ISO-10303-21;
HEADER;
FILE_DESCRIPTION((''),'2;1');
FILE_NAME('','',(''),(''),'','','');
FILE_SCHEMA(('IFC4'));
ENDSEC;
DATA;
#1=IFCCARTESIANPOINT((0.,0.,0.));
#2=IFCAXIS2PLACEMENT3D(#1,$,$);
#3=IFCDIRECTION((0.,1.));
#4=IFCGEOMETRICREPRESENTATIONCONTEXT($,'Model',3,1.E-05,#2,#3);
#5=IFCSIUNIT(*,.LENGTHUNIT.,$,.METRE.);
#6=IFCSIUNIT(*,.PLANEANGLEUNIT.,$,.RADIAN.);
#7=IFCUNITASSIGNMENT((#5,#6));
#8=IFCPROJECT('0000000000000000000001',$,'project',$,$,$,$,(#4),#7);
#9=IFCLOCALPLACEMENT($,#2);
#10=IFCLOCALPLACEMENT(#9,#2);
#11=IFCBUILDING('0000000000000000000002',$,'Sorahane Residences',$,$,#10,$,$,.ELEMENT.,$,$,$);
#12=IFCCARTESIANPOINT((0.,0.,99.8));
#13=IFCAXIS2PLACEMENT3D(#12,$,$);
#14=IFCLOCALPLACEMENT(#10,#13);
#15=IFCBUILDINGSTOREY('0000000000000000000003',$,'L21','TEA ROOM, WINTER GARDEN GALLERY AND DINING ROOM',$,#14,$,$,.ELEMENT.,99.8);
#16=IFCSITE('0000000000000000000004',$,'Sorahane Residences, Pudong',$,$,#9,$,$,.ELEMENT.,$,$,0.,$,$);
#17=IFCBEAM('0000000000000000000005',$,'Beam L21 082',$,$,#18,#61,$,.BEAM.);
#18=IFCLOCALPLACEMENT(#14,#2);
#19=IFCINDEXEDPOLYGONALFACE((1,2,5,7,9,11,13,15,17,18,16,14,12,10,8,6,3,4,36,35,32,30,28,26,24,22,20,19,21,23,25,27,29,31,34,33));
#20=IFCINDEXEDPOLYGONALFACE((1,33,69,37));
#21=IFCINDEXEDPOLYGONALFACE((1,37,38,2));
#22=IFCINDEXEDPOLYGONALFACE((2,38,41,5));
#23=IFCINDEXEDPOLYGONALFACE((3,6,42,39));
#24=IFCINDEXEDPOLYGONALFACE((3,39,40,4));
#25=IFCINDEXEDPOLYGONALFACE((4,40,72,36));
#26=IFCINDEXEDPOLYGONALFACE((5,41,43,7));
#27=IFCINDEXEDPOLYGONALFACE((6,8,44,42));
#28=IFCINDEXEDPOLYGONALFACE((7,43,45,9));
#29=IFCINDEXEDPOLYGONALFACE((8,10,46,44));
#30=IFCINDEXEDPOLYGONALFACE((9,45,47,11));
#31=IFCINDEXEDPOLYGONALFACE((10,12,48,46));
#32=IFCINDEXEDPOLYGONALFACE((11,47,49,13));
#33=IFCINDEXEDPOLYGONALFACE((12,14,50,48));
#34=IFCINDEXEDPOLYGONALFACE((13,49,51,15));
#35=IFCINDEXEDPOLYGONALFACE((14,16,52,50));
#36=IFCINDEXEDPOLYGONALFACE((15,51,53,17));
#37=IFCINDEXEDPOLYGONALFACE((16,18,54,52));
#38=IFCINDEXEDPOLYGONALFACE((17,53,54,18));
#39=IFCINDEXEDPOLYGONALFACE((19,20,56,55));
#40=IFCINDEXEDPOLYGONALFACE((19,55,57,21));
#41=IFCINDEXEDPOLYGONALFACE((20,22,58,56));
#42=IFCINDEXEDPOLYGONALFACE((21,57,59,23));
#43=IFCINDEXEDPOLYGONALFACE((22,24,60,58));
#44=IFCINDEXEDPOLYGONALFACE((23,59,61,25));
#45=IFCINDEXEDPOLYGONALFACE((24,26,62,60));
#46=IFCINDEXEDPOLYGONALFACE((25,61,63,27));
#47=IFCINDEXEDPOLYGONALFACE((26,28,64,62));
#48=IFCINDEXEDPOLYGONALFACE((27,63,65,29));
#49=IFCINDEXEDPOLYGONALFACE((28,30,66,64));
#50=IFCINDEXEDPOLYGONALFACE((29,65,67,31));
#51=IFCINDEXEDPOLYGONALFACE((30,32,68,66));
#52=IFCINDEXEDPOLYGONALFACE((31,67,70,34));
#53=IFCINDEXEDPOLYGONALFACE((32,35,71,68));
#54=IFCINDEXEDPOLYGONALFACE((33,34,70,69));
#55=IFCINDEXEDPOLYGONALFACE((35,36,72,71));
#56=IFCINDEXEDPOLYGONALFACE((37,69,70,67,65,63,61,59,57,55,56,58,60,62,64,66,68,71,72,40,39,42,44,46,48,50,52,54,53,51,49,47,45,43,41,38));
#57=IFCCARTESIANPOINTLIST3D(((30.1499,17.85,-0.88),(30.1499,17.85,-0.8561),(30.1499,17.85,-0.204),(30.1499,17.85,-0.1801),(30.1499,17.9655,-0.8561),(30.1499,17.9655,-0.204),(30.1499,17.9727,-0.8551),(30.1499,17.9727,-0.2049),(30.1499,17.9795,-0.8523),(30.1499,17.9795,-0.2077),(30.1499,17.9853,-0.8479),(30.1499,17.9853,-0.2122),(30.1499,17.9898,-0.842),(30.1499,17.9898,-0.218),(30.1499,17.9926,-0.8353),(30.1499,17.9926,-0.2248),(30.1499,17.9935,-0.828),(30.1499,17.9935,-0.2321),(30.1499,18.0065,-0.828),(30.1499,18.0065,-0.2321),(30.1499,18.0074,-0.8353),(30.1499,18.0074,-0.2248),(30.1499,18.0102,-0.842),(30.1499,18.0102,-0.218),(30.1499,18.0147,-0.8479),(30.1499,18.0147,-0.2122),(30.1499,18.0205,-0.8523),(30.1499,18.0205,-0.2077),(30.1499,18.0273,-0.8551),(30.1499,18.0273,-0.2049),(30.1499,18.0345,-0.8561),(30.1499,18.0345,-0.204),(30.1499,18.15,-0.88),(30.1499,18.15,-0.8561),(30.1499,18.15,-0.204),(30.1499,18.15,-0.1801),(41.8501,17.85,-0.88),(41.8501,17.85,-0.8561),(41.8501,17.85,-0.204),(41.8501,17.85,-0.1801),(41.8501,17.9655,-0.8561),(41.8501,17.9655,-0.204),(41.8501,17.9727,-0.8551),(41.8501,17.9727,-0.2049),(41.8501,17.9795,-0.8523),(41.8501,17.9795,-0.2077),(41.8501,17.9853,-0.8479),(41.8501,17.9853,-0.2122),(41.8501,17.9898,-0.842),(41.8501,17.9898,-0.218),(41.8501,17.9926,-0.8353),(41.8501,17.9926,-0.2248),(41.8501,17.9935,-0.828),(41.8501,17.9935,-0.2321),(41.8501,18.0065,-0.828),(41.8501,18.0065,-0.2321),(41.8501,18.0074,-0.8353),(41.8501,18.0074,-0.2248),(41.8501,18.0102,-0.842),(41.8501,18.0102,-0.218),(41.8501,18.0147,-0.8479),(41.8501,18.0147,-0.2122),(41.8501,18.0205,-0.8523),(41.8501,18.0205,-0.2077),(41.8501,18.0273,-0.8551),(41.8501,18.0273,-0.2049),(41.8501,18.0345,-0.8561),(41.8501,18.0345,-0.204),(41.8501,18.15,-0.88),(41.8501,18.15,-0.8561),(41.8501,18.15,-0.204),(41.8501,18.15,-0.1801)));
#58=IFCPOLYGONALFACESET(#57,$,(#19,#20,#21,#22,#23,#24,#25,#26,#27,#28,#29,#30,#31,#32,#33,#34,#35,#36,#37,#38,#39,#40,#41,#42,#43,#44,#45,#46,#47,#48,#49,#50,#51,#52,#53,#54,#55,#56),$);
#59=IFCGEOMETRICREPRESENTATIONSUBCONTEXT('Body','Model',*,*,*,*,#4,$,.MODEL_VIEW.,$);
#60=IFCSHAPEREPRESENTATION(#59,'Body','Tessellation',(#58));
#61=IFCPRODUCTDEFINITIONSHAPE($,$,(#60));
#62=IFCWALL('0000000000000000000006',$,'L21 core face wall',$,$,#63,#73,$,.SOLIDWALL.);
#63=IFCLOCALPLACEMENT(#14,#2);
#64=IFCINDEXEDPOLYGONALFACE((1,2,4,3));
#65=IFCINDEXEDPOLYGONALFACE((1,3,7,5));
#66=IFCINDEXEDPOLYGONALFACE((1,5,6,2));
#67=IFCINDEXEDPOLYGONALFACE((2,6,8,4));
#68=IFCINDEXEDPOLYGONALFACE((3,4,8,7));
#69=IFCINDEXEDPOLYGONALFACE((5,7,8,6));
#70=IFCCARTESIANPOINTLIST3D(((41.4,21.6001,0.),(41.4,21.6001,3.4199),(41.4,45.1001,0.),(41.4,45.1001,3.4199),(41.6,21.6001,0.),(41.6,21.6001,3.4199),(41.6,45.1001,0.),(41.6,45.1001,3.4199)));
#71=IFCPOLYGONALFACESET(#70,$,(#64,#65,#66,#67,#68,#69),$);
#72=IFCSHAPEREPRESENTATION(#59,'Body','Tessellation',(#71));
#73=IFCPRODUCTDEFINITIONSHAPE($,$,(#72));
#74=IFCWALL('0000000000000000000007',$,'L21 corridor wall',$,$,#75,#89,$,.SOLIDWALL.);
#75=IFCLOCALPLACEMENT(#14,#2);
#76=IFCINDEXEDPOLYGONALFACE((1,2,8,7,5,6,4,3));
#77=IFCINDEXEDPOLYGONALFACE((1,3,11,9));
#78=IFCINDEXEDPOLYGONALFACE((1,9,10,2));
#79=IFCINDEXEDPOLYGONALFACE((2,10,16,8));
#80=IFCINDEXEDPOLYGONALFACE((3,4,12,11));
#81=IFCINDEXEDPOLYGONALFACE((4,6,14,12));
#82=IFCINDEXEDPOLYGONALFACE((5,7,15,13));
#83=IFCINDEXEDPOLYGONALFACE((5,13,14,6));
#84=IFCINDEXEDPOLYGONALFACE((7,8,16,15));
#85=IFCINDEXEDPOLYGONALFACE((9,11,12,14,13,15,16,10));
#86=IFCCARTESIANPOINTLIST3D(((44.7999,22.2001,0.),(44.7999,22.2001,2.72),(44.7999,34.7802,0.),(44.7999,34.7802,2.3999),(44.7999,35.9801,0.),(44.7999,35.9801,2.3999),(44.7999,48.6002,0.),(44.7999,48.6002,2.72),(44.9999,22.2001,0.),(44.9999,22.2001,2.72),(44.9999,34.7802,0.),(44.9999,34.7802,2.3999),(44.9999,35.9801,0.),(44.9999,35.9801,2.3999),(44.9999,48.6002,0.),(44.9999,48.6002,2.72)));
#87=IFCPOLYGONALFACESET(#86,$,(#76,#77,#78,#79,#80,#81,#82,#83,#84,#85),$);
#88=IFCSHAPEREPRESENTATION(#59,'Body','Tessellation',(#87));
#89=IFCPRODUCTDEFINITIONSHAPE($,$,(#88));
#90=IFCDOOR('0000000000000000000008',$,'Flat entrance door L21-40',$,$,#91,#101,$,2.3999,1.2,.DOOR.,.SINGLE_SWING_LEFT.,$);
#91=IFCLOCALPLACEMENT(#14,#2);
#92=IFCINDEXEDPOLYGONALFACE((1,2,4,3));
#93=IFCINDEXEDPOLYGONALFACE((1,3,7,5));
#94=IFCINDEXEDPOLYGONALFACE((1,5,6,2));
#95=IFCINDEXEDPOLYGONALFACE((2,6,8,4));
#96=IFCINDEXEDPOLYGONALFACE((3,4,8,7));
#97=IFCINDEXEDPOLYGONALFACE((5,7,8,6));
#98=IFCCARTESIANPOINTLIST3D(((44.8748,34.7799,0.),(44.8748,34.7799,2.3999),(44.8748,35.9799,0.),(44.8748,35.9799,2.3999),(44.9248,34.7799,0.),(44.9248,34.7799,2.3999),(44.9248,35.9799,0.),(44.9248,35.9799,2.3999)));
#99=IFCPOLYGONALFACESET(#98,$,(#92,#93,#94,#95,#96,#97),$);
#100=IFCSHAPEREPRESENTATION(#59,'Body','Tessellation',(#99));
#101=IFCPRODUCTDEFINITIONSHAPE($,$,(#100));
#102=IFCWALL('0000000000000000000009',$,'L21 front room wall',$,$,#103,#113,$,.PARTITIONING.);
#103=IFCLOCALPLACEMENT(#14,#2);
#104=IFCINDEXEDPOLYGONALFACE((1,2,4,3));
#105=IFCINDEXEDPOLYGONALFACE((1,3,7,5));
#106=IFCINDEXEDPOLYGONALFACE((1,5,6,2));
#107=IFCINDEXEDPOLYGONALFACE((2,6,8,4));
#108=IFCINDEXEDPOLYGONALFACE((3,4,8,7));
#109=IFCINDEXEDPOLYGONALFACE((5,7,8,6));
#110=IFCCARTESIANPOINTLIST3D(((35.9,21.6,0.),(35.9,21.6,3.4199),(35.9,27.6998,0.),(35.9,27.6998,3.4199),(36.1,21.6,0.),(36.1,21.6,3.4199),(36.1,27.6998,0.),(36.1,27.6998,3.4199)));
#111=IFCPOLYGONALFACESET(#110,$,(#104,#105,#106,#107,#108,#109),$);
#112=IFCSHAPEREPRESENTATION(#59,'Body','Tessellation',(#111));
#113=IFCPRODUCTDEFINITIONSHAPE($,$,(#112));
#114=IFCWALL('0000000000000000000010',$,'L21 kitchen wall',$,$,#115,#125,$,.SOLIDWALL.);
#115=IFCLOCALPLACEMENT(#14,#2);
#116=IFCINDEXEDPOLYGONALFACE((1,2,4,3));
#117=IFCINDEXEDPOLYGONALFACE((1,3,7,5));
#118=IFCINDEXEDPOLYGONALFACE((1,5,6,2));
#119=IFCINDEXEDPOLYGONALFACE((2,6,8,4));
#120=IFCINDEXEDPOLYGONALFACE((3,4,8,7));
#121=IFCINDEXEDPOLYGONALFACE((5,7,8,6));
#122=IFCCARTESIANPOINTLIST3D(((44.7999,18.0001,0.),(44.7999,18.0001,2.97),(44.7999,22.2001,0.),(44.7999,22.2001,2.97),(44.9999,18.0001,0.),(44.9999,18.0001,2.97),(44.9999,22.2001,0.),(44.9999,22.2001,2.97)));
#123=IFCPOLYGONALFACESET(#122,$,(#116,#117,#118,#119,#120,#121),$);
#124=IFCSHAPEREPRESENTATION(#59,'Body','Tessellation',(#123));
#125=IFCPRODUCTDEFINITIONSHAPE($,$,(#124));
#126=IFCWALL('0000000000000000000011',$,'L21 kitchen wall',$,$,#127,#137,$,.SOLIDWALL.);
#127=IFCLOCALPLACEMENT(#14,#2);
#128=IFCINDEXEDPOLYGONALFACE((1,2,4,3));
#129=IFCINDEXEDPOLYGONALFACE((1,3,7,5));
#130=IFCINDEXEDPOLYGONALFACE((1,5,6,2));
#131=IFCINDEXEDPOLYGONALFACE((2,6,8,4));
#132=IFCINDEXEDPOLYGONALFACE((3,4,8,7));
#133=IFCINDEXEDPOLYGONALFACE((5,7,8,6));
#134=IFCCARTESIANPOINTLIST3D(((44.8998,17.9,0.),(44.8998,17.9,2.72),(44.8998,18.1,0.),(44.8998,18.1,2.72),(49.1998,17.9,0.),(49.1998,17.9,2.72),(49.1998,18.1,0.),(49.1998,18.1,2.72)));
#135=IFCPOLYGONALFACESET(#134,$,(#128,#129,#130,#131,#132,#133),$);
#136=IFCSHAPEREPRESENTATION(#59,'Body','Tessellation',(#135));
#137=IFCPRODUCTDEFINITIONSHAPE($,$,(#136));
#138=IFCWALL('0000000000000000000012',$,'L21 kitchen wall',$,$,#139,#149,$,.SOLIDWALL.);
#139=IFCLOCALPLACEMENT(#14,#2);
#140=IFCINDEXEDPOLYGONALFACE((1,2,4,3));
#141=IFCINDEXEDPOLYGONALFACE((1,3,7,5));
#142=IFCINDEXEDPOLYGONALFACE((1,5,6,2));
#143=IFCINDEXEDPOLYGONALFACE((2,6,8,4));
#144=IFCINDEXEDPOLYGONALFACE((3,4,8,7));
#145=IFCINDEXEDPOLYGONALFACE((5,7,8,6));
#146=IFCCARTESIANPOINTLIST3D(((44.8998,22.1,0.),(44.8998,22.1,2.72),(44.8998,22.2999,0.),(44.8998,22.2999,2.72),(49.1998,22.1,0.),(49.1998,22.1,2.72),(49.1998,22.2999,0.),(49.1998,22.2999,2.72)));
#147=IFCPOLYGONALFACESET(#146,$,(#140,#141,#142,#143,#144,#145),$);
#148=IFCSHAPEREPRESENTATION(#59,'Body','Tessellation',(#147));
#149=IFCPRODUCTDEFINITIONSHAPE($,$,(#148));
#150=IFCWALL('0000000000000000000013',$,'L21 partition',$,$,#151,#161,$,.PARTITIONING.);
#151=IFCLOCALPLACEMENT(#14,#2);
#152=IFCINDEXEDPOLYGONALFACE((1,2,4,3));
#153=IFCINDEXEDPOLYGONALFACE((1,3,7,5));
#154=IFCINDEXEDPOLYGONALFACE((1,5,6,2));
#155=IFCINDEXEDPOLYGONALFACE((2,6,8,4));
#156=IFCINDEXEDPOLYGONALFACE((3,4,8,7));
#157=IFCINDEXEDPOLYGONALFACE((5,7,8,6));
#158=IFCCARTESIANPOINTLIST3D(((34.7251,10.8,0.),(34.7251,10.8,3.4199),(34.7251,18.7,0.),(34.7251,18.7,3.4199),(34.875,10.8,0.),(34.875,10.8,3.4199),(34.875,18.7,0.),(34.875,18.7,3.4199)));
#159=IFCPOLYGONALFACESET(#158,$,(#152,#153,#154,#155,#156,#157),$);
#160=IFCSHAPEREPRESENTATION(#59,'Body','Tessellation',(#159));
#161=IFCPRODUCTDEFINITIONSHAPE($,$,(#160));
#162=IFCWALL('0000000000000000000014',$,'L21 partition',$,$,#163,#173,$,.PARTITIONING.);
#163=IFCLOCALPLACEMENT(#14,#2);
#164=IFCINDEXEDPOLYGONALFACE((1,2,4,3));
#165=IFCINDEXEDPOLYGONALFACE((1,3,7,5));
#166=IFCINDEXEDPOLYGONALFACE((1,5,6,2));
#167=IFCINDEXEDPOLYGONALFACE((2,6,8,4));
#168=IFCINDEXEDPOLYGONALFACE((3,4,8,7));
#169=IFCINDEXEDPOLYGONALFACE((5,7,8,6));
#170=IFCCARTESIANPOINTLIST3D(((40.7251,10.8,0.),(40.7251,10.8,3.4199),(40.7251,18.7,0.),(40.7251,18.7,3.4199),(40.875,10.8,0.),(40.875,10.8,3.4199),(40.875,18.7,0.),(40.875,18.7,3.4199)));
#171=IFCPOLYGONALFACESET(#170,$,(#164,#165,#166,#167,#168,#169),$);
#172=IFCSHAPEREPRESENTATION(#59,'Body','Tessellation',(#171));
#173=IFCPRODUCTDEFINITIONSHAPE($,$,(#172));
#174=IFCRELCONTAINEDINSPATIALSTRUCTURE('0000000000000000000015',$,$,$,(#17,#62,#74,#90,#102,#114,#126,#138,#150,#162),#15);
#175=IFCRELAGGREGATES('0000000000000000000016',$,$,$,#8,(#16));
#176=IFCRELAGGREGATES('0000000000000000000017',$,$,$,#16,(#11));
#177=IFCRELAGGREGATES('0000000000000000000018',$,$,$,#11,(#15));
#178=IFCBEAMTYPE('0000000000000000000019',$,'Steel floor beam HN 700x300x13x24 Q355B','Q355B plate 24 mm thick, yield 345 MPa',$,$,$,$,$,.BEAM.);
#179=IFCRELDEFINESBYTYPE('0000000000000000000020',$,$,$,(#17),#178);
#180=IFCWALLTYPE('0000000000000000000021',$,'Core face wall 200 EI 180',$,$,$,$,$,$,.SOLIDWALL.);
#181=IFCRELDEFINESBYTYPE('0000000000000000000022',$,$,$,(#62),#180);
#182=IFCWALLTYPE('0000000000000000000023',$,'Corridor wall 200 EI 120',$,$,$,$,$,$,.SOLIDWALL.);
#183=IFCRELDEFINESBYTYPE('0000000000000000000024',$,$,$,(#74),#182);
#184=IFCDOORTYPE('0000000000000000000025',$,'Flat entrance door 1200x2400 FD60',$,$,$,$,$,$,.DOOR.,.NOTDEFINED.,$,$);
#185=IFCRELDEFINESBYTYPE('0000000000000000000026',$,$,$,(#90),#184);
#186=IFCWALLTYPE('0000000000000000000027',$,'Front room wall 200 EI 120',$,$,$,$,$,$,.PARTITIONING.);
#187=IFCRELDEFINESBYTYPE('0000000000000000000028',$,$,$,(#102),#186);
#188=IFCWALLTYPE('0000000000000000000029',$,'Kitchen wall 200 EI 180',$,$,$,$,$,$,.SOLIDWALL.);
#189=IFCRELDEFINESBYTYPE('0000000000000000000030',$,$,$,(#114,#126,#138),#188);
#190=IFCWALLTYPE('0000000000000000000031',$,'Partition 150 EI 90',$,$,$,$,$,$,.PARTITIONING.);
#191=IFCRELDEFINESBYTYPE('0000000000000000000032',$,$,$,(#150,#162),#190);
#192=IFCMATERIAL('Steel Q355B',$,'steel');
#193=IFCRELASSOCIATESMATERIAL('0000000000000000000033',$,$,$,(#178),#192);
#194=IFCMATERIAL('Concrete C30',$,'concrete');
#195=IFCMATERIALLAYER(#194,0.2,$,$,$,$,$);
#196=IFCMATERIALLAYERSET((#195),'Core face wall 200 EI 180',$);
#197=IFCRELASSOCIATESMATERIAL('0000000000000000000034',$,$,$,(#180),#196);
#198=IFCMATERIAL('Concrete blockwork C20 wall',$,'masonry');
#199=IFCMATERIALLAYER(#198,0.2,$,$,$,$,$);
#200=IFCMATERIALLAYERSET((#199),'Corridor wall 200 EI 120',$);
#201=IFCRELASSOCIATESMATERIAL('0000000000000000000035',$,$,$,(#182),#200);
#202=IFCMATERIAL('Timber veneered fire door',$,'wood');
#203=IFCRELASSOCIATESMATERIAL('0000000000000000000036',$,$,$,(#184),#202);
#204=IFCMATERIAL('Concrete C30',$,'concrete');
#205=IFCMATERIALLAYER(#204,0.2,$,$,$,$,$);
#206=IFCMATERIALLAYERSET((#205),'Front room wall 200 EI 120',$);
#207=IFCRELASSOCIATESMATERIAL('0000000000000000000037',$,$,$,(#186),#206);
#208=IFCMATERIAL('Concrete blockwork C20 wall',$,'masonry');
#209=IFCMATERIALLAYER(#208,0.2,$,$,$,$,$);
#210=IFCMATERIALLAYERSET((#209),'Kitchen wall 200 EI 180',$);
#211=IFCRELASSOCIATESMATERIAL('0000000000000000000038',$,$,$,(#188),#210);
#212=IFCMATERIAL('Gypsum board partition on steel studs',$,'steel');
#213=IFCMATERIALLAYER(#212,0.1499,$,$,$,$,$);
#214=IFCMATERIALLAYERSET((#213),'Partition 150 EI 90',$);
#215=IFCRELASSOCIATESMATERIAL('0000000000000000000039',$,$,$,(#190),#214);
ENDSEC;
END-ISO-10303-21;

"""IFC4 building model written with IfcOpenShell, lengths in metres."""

from ifc_helpers import new_model, si_unit, direction, frame, frame_2d, origin, origin_2d, place, context, subcontext, project, spatial, rectangle, i_section, extrude, material, layer, layer_set, material_profile, profile_set, type_object, element, fill, save


model = new_model("IFC4")

# Units and contexts
model_context = context("Model", 3, precision=1e-05, world=origin(), true_north=direction((0.0, 1.0)))
body_context = subcontext(model_context, "Body", "Model", "MODEL_VIEW")
ifc_project = project(units=[si_unit("LENGTHUNIT", "METRE"), si_unit("PLANEANGLEUNIT", "RADIAN")], contexts=[model_context])

# Site, building, storey
site_placement = place(None, origin())
site = spatial("IfcSite", under=ifc_project, at=site_placement, Name="Sorahane Residences, Pudong", CompositionType="ELEMENT", RefElevation=0.0)
building_placement = place(site_placement, origin())
building = spatial("IfcBuilding", under=site, at=building_placement, Name="Sorahane Residences", CompositionType="ELEMENT")
storey_placement = place(building_placement, frame((0.0, 0.0, 99.8)))
storey = spatial("IfcBuildingStorey", under=building, at=storey_placement, Name="L21", Description="TEA ROOM, WINTER GARDEN GALLERY AND DINING ROOM", CompositionType="ELEMENT", Elevation=99.8)

# Beam
ifc_material_1 = material(Name="Steel Q355B", Category="steel")
ifc_material_profile_1 = material_profile(ifc_material_1, i_section(OverallWidth=0.3, OverallDepth=0.7, WebThickness=0.0129, FlangeThickness=0.0239, FilletRadius=0.0281, at=origin_2d()), Name="HN 700x300x13x24")
ifc_profile_set_1 = profile_set([ifc_material_profile_1], Name="Steel Q355B")
beam_type_1 = type_object("IfcBeamType", Name="Steel floor beam HN 700x300x13x24 Q355B", Description="Q355B plate 24 mm thick, yield 345 MPa", PredefinedType="BEAM", material=ifc_profile_set_1)
beam_1_placement = place(storey_placement, frame((30.1499, 18.0, -0.53), z_axis=(1.0, 0.0, 0.0), x_axis=(0.0, 1.0, 0.0)))
element("IfcBeam", 1, at=beam_1_placement, inside=storey, type_object=beam_type_1, Name="Beam L21 082", PredefinedType="BEAM", context=body_context, shape_type="SweptSolid", body=[
    extrude(i_section(OverallWidth=0.3, OverallDepth=0.7, WebThickness=0.0129, FlangeThickness=0.0239, FilletRadius=0.0281, at=origin_2d()), origin(), (0.0, 0.0, 1.0), 11.7002),
])

# Wall
ifc_material_2 = material(Name="Concrete C30", Category="concrete")
ifc_layer_1 = layer(ifc_material_2, 0.2)
ifc_layer_set_1 = layer_set([ifc_layer_1], Name="Core face wall 200 EI 180")
wall_type_1 = type_object("IfcWallType", Name="Core face wall 200 EI 180", PredefinedType="SOLIDWALL", material=ifc_layer_set_1)
wall_1_placement = place(storey_placement, frame((41.5, 21.6001, 0.0), z_axis=(0.0, 0.0, 1.0), x_axis=(0.0, 1.0, 0.0)))
element("IfcWall", 2, at=wall_1_placement, inside=storey, type_object=wall_type_1, Name="L21 core face wall", PredefinedType="SOLIDWALL", context=body_context, shape_type="SweptSolid", body=[
    extrude(rectangle(XDim=23.5, YDim=0.2, at=frame_2d((11.75, 0.0))), origin(), (0.0, 0.0, 1.0), 3.4199),
])

# Wall, opening, door
ifc_material_3 = material(Name="Concrete blockwork C20 wall", Category="masonry")
ifc_layer_2 = layer(ifc_material_3, 0.2)
ifc_layer_set_2 = layer_set([ifc_layer_2], Name="Corridor wall 200 EI 120")
wall_type_2 = type_object("IfcWallType", Name="Corridor wall 200 EI 120", PredefinedType="SOLIDWALL", material=ifc_layer_set_2)
wall_2_placement = place(storey_placement, frame((44.8999, 22.2, 0.0), z_axis=(0.0, 0.0, 1.0), x_axis=(0.0, 1.0, 0.0)))
wall_2 = element("IfcWall", 3, at=wall_2_placement, inside=storey, type_object=wall_type_2, Name="L21 corridor wall", PredefinedType="SOLIDWALL", context=body_context, shape_type="SweptSolid", body=[
    extrude(rectangle(XDim=26.4001, YDim=0.2, at=frame_2d((13.2002, 0.0))), origin(), (0.0, 0.0, 1.0), 2.72),
])
opening_1_placement = place(wall_2_placement, frame((12.5801, 0.0, 0.0)))
opening_1 = element("IfcOpeningElement", 4, at=opening_1_placement, cuts=wall_2, PredefinedType="OPENING", context=body_context, shape_type="SweptSolid", body=[
    extrude(rectangle(XDim=1.2, YDim=2.3999, at=frame_2d((0.6001, 1.2))), frame((0.0, 0.1099, 0.0), z_axis=(0.0, -1.0, 0.0), x_axis=(1.0, 0.0, 0.0)), (0.0, 0.0, 1.0), 0.22),
])
ifc_material_4 = material(Name="Timber veneered fire door", Category="wood")
door_type_1 = type_object("IfcDoorType", Name="Flat entrance door 1200x2400 FD60", OperationType="NOTDEFINED", PredefinedType="DOOR", material=ifc_material_4)
door_1_placement = place(opening_1_placement, frame((1.2, 0.0, 0.0), z_axis=(0.0, 0.0, 1.0), x_axis=(-1.0, 0.0, 0.0)))
door_1 = element("IfcDoor", 5, at=door_1_placement, inside=storey, type_object=door_type_1, Name="Flat entrance door L21-40", OperationType="SINGLE_SWING_LEFT", OverallHeight=2.3999, OverallWidth=1.2, PredefinedType="DOOR", context=body_context, shape_type="SweptSolid", body=[
    extrude(rectangle(XDim=1.2, YDim=2.3999, at=frame_2d((0.6001, 1.2))), frame((0.0, 0.0249, 0.0), z_axis=(0.0, -1.0, 0.0), x_axis=(1.0, 0.0, 0.0)), (0.0, 0.0, 1.0), 0.05),
])
fill(opening_1, door_1)

# Walls
ifc_material_5 = material(Name="Concrete C30", Category="concrete")
ifc_layer_3 = layer(ifc_material_5, 0.2)
ifc_layer_set_3 = layer_set([ifc_layer_3], Name="Front room wall 200 EI 120")
wall_type_3 = type_object("IfcWallType", Name="Front room wall 200 EI 120", PredefinedType="PARTITIONING", material=ifc_layer_set_3)
wall_3_placement = place(storey_placement, frame((36.0, 21.6001, 0.0), z_axis=(0.0, 0.0, 1.0), x_axis=(0.0, 1.0, 0.0)))
element("IfcWall", 6, at=wall_3_placement, inside=storey, type_object=wall_type_3, Name="L21 front room wall", PredefinedType="PARTITIONING", context=body_context, shape_type="SweptSolid", body=[
    extrude(rectangle(XDim=6.0999, YDim=0.2, at=frame_2d((3.0498, 0.0))), origin(), (0.0, 0.0, 1.0), 3.4199),
])
ifc_material_6 = material(Name="Concrete blockwork C20 wall", Category="masonry")
ifc_layer_4 = layer(ifc_material_6, 0.2)
ifc_layer_set_4 = layer_set([ifc_layer_4], Name="Kitchen wall 200 EI 180")
wall_type_4 = type_object("IfcWallType", Name="Kitchen wall 200 EI 180", PredefinedType="SOLIDWALL", material=ifc_layer_set_4)
wall_4_placement = place(storey_placement, frame((44.8999, 18.0, 0.0), z_axis=(0.0, 0.0, 1.0), x_axis=(0.0, 1.0, 0.0)))
element("IfcWall", 7, at=wall_4_placement, inside=storey, type_object=wall_type_4, Name="L21 kitchen wall", PredefinedType="SOLIDWALL", context=body_context, shape_type="SweptSolid", body=[
    extrude(rectangle(XDim=4.2, YDim=0.2, at=frame_2d((2.1001, 0.0))), origin(), (0.0, 0.0, 1.0), 2.97),
])
for number, where, z_axis, x_axis, name in (
    (8, (44.8999, 18.0, 0.0), (0.0, 0.0, 1.0), (1.0, 0.0, 0.0), "L21 kitchen wall"),
    (9, (44.8999, 22.2, 0.0), (0.0, 0.0, 1.0), (1.0, 0.0, 0.0), "L21 kitchen wall"),
):
    element("IfcWall", number, at=place(storey_placement, frame(where, z_axis=z_axis, x_axis=x_axis)), inside=storey, type_object=wall_type_4, Name=name, PredefinedType="SOLIDWALL", context=body_context, shape_type="SweptSolid", body=[
        extrude(rectangle(XDim=4.3, YDim=0.2, at=frame_2d((2.1499, 0.0))), origin(), (0.0, 0.0, 1.0), 2.72),
    ])
ifc_material_7 = material(Name="Gypsum board partition on steel studs", Category="steel")
ifc_layer_5 = layer(ifc_material_7, 0.1499)
ifc_layer_set_5 = layer_set([ifc_layer_5], Name="Partition 150 EI 90")
wall_type_5 = type_object("IfcWallType", Name="Partition 150 EI 90", PredefinedType="PARTITIONING", material=ifc_layer_set_5)
for number, where, z_axis, x_axis, name in (
    (10, (34.8, 10.8, 0.0), (0.0, 0.0, 1.0), (0.0, 1.0, 0.0), "L21 partition"),
    (11, (40.8, 10.8, 0.0), (0.0, 0.0, 1.0), (0.0, 1.0, 0.0), "L21 partition"),
):
    element("IfcWall", number, at=place(storey_placement, frame(where, z_axis=z_axis, x_axis=x_axis)), inside=storey, type_object=wall_type_5, Name=name, PredefinedType="PARTITIONING", context=body_context, shape_type="SweptSolid", body=[
        extrude(rectangle(XDim=7.8999, YDim=0.1499, at=frame_2d((3.95, 0.0))), origin(), (0.0, 0.0, 1.0), 3.4199),
    ])

save(model, "model.ifc")
